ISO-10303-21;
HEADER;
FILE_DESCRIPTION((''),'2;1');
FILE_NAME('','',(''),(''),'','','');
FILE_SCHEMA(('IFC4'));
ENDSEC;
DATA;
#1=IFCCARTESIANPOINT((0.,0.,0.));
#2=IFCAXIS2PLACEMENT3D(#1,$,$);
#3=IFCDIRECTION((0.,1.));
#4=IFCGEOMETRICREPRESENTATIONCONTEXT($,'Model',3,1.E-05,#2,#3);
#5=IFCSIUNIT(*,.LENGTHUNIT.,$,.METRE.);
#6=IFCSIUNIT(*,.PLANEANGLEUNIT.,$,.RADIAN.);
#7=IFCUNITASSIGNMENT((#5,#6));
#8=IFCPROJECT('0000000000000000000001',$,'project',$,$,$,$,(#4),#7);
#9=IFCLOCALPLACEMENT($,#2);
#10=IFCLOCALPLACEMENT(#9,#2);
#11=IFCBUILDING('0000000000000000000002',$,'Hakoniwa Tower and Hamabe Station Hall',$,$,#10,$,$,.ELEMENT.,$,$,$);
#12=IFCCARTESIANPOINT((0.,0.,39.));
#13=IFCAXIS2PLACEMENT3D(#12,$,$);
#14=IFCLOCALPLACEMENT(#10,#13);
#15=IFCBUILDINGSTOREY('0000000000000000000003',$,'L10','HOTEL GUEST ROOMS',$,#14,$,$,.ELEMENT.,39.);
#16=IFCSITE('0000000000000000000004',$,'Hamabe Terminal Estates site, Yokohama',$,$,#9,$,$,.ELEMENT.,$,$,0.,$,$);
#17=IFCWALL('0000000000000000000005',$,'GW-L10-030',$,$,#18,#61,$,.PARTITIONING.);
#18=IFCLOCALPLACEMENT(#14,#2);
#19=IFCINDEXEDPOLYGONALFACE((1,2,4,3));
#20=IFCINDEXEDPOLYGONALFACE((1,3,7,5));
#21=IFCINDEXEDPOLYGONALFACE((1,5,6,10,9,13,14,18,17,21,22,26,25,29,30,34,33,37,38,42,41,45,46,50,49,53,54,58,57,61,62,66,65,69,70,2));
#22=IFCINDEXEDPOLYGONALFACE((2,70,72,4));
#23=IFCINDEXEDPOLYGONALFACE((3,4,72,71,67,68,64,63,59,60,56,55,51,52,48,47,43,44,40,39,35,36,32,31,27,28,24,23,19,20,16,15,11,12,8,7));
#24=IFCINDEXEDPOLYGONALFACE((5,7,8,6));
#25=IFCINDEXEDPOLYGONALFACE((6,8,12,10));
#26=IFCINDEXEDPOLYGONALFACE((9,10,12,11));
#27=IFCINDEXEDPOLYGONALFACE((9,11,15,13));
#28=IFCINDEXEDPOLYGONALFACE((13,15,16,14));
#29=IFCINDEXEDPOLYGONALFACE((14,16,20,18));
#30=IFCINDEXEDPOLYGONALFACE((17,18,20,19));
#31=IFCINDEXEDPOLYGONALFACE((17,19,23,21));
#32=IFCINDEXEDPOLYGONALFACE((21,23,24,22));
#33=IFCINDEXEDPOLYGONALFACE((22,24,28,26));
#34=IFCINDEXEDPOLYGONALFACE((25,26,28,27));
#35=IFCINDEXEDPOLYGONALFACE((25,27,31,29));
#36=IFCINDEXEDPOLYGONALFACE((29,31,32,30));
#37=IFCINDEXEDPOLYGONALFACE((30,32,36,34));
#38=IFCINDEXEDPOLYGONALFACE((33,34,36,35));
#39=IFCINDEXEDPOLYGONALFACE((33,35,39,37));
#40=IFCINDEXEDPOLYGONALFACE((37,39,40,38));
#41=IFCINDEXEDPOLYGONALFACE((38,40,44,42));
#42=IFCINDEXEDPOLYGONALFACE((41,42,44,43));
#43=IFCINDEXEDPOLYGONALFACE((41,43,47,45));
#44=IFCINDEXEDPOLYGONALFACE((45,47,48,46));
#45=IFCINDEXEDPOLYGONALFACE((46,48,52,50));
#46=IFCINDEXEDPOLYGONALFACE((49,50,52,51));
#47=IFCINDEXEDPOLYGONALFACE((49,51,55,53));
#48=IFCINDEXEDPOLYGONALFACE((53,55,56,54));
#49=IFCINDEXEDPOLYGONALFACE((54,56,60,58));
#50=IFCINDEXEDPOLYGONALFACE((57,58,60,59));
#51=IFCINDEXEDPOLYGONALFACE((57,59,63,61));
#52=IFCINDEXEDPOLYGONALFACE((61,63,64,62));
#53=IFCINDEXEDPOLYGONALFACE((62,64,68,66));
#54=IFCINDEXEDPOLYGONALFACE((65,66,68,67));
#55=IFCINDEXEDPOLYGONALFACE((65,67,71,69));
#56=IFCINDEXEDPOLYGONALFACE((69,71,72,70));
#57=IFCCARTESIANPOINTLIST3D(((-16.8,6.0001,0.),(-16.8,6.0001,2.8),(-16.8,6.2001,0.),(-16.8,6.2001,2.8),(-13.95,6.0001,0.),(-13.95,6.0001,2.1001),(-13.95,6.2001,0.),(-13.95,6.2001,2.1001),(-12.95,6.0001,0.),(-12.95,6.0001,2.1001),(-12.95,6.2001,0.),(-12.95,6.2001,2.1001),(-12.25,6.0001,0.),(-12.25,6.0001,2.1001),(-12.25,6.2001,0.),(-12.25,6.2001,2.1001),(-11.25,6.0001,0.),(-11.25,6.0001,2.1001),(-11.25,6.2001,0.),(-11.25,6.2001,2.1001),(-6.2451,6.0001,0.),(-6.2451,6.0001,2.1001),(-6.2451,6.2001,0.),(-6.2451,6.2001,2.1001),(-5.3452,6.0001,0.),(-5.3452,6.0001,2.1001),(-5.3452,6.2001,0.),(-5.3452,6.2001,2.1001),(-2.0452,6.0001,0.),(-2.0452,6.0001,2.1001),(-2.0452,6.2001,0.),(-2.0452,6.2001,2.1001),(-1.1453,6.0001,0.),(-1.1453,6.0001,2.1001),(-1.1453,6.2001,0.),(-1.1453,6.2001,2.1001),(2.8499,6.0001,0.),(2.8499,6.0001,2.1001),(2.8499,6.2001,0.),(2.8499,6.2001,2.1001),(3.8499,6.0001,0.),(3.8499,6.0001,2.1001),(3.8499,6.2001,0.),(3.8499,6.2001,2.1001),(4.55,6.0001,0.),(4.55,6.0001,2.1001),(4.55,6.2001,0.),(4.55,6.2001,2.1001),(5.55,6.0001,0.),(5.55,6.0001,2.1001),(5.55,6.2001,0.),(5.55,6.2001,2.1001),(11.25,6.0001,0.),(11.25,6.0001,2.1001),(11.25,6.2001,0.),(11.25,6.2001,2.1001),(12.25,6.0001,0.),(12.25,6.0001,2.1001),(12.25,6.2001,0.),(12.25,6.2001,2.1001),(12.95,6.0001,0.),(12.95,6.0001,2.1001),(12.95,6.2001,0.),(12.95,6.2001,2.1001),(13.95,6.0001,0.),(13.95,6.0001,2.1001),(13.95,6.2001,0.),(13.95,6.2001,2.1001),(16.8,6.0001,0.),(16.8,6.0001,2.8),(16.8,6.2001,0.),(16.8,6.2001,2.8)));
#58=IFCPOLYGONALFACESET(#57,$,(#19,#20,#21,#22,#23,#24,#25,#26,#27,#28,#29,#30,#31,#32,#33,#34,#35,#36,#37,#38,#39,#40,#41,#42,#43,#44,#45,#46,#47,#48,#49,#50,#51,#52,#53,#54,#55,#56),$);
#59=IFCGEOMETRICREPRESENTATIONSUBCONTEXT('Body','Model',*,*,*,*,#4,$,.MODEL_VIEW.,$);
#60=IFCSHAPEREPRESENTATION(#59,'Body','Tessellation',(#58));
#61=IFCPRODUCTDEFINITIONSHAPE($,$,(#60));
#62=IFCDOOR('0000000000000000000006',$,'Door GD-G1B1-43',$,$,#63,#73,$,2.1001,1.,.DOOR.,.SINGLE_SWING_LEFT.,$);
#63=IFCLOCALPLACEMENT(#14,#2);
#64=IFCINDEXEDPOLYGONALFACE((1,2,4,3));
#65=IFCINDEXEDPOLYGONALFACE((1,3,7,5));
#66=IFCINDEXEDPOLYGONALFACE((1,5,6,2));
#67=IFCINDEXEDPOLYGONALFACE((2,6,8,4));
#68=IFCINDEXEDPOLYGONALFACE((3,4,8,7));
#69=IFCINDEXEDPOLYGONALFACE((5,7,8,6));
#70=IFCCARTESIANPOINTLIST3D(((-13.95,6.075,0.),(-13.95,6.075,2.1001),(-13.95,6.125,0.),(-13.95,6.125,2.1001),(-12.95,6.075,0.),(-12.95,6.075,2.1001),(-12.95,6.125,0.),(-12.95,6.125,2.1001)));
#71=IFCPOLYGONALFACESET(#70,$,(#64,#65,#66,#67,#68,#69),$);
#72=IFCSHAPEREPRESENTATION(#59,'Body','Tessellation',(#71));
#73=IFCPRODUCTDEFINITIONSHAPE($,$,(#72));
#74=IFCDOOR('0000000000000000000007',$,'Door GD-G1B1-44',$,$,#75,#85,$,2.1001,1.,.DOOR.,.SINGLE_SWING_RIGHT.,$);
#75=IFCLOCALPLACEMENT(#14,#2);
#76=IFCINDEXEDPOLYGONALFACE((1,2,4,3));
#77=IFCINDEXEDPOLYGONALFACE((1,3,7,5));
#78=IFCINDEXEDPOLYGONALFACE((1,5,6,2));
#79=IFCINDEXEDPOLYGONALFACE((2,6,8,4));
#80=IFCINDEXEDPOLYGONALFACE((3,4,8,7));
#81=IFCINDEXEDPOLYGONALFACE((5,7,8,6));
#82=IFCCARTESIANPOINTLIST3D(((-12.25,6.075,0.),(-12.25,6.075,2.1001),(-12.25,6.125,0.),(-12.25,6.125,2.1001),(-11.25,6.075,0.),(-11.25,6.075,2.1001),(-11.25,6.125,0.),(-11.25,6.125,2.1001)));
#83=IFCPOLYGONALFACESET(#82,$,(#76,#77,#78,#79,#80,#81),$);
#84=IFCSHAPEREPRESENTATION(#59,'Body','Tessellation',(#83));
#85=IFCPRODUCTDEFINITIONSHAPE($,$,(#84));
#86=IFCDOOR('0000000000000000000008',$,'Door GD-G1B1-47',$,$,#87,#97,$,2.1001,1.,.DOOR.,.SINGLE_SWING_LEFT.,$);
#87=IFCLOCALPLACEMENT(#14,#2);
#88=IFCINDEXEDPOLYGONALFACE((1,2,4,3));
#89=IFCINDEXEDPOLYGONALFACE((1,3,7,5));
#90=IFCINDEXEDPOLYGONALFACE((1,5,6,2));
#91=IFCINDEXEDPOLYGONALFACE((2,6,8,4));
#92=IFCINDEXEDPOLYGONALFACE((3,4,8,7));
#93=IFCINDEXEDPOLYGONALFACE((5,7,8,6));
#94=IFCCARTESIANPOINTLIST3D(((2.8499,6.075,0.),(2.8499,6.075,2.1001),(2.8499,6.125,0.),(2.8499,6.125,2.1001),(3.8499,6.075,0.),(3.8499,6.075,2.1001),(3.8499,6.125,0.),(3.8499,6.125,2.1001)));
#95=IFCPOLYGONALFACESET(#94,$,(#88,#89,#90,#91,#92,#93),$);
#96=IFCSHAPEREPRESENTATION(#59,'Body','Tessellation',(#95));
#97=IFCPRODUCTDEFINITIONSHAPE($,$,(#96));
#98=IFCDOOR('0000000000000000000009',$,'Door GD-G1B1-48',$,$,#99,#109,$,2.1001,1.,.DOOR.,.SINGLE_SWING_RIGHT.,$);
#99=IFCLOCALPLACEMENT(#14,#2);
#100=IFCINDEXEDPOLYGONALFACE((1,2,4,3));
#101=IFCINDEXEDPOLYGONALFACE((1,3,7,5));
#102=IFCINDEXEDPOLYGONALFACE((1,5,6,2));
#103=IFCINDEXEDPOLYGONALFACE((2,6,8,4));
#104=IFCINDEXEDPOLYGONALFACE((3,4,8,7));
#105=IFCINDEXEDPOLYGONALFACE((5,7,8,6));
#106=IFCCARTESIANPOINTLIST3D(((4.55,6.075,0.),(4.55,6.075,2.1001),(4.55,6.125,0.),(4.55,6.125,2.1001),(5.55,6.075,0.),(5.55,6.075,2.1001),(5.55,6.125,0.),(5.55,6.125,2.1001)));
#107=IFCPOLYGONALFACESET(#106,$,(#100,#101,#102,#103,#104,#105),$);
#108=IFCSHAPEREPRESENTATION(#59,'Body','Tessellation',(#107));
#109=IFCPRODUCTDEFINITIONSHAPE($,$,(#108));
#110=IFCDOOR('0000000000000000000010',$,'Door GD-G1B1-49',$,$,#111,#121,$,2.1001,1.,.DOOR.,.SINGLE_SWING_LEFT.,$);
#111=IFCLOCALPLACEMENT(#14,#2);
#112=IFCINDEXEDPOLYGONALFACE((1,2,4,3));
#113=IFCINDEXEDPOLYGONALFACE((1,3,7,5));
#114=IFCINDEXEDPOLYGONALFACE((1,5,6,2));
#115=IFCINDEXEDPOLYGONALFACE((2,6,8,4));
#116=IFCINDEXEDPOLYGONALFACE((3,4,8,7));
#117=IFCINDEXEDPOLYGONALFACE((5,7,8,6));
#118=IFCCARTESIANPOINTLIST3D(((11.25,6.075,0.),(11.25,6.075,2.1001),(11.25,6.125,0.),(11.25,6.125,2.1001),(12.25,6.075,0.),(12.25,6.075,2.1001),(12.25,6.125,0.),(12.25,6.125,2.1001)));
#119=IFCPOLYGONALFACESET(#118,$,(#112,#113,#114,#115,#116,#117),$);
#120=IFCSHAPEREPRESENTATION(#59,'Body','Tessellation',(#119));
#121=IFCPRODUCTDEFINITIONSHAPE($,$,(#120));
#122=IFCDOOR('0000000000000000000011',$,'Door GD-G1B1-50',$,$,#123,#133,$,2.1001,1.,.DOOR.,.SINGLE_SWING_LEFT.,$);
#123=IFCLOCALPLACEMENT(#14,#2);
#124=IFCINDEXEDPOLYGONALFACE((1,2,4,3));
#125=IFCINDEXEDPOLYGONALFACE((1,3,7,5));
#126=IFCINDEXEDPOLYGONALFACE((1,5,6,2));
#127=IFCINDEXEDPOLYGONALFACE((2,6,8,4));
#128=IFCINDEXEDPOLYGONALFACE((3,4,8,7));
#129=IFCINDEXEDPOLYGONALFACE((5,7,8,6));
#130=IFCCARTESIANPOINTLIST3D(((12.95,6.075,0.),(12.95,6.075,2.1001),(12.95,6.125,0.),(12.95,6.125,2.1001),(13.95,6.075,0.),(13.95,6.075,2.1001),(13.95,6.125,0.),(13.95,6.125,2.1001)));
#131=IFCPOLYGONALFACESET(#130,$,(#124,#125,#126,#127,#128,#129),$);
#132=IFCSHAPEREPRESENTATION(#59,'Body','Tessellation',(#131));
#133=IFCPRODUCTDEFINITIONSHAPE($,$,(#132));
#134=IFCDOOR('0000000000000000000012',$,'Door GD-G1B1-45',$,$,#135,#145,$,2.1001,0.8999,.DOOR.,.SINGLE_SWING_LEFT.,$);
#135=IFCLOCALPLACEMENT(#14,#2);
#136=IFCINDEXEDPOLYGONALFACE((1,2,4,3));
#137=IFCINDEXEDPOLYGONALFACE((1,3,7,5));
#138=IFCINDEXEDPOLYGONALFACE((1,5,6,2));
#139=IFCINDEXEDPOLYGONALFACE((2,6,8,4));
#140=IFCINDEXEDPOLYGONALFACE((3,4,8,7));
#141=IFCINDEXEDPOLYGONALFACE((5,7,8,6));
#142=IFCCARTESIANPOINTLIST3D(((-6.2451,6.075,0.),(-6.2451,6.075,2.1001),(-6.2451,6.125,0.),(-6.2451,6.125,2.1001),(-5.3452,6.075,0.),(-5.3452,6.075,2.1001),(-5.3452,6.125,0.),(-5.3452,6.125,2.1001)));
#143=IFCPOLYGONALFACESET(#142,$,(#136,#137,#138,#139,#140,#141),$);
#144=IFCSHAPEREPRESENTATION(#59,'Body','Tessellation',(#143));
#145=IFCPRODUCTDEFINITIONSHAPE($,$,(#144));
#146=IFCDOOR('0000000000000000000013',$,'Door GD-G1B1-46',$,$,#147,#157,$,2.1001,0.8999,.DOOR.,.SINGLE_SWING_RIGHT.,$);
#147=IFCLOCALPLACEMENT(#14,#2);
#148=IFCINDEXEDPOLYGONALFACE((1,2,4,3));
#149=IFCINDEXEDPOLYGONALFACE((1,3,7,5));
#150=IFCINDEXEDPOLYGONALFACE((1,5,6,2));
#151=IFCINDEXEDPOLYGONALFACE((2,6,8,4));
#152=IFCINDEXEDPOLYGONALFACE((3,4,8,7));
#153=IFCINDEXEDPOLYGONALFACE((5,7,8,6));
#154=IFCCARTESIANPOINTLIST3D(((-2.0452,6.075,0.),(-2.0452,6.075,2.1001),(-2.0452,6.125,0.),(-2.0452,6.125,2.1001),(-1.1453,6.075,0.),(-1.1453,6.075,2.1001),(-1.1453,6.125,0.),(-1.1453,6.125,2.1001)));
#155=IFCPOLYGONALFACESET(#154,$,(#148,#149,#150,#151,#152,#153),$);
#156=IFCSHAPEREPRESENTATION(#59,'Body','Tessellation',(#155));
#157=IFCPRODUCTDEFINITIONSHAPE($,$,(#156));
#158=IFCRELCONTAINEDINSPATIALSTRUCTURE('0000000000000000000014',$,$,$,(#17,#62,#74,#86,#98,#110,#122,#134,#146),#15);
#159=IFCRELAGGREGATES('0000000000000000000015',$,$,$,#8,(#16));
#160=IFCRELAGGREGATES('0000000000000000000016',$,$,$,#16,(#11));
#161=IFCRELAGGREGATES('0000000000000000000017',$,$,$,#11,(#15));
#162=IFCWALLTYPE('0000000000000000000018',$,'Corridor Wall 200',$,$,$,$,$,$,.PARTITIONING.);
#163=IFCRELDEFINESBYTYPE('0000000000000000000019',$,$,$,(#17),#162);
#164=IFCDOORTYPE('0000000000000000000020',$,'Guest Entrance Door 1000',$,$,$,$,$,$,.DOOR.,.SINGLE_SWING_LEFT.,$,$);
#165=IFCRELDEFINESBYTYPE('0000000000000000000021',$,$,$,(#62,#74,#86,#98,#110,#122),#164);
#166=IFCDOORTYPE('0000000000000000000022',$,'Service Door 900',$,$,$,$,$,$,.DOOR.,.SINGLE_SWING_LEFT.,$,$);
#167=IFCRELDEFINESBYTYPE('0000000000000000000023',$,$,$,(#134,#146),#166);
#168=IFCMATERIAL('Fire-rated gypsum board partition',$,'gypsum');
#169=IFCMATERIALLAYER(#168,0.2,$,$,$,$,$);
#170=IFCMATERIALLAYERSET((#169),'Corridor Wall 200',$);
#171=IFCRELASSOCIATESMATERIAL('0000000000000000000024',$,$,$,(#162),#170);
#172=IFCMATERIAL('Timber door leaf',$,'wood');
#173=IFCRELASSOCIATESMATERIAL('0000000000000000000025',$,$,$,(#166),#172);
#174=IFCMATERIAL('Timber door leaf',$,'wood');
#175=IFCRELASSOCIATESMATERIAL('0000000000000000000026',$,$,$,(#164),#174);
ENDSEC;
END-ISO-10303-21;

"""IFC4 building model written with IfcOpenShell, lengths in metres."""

from ifc_helpers import new_model, si_unit, direction, frame, frame_2d, origin, place, context, subcontext, project, spatial, rectangle, extrude, material, layer, layer_set, type_object, element, fill, save


model = new_model("IFC4")

# Units and contexts
model_context = context("Model", 3, precision=1e-05, world=origin(), true_north=direction((0.0, 1.0)))
body_context = subcontext(model_context, "Body", "Model", "MODEL_VIEW")
ifc_project = project(units=[si_unit("LENGTHUNIT", "METRE"), si_unit("PLANEANGLEUNIT", "RADIAN")], contexts=[model_context])

# Site, building, storey
site_placement = place(None, origin())
site = spatial("IfcSite", under=ifc_project, at=site_placement, Name="Hamabe Terminal Estates site, Yokohama", CompositionType="ELEMENT", RefElevation=0.0)
building_placement = place(site_placement, origin())
building = spatial("IfcBuilding", under=site, at=building_placement, Name="Hakoniwa Tower and Hamabe Station Hall", CompositionType="ELEMENT")
storey_placement = place(building_placement, frame((0.0, 0.0, 39.0)))
storey = spatial("IfcBuildingStorey", under=building, at=storey_placement, Name="L10", Description="HOTEL GUEST ROOMS", CompositionType="ELEMENT", Elevation=39.0)

# Wall, openings, doors
ifc_material_1 = material(Name="Fire-rated gypsum board partition", Category="gypsum")
ifc_layer_1 = layer(ifc_material_1, 0.2)
ifc_layer_set_1 = layer_set([ifc_layer_1], Name="Corridor Wall 200")
wall_type_1 = type_object("IfcWallType", Name="Corridor Wall 200", PredefinedType="PARTITIONING", material=ifc_layer_set_1)
ifc_material_2 = material(Name="Timber door leaf", Category="wood")
door_type_1 = type_object("IfcDoorType", Name="Service Door 900", OperationType="SINGLE_SWING_LEFT", PredefinedType="DOOR", material=ifc_material_2)
wall_1_placement = place(storey_placement, frame((-16.8, 6.1001, 0.0), z_axis=(0.0, 0.0, 1.0), x_axis=(1.0, 0.0, 0.0)))
wall_1 = element("IfcWall", 1, at=wall_1_placement, inside=storey, type_object=wall_type_1, Name="GW-L10-030", PredefinedType="PARTITIONING", context=body_context, shape_type="SweptSolid", body=[
    extrude(rectangle(XDim=33.6001, YDim=0.2, at=frame_2d((16.8, 0.0))), origin(), (0.0, 0.0, 1.0), 2.8),
])
opening_1_placement = place(wall_1_placement, frame((2.8501, 0.0, 0.0)))
opening_1 = element("IfcOpeningElement", 2, at=opening_1_placement, cuts=wall_1, PredefinedType="OPENING", context=body_context, shape_type="SweptSolid", body=[
    extrude(rectangle(XDim=1.0, YDim=2.1001, at=frame_2d((0.5, 1.05))), frame((0.0, 0.1099, 0.0), z_axis=(0.0, -1.0, 0.0), x_axis=(1.0, 0.0, 0.0)), (0.0, 0.0, 1.0), 0.22),
])
opening_2_placement = place(wall_1_placement, frame((4.55, 0.0, 0.0)))
opening_2 = element("IfcOpeningElement", 3, at=opening_2_placement, cuts=wall_1, PredefinedType="OPENING", context=body_context, shape_type="SweptSolid", body=[
    extrude(rectangle(XDim=1.0, YDim=2.1001, at=frame_2d((0.5, 1.05))), frame((0.0, 0.1099, 0.0), z_axis=(0.0, -1.0, 0.0), x_axis=(1.0, 0.0, 0.0)), (0.0, 0.0, 1.0), 0.22),
])
opening_3_placement = place(wall_1_placement, frame((10.5549, 0.0, 0.0)))
opening_3 = element("IfcOpeningElement", 4, at=opening_3_placement, cuts=wall_1, PredefinedType="OPENING", context=body_context, shape_type="SweptSolid", body=[
    extrude(rectangle(XDim=0.8999, YDim=2.1001, at=frame_2d((0.45, 1.05))), frame((0.0, 0.1099, 0.0), z_axis=(0.0, -1.0, 0.0), x_axis=(1.0, 0.0, 0.0)), (0.0, 0.0, 1.0), 0.22),
])
opening_4_placement = place(wall_1_placement, frame((14.7549, 0.0, 0.0)))
opening_4 = element("IfcOpeningElement", 5, at=opening_4_placement, cuts=wall_1, PredefinedType="OPENING", context=body_context, shape_type="SweptSolid", body=[
    extrude(rectangle(XDim=0.8999, YDim=2.1001, at=frame_2d((0.45, 1.05))), frame((0.0, 0.1099, 0.0), z_axis=(0.0, -1.0, 0.0), x_axis=(1.0, 0.0, 0.0)), (0.0, 0.0, 1.0), 0.22),
])
opening_5_placement = place(wall_1_placement, frame((19.6499, 0.0, 0.0)))
opening_5 = element("IfcOpeningElement", 6, at=opening_5_placement, cuts=wall_1, PredefinedType="OPENING", context=body_context, shape_type="SweptSolid", body=[
    extrude(rectangle(XDim=1.0, YDim=2.1001, at=frame_2d((0.5, 1.05))), frame((0.0, 0.1099, 0.0), z_axis=(0.0, -1.0, 0.0), x_axis=(1.0, 0.0, 0.0)), (0.0, 0.0, 1.0), 0.22),
])
opening_6_placement = place(wall_1_placement, frame((21.3501, 0.0, 0.0)))
opening_6 = element("IfcOpeningElement", 7, at=opening_6_placement, cuts=wall_1, PredefinedType="OPENING", context=body_context, shape_type="SweptSolid", body=[
    extrude(rectangle(XDim=1.0, YDim=2.1001, at=frame_2d((0.5, 1.05))), frame((0.0, 0.1099, 0.0), z_axis=(0.0, -1.0, 0.0), x_axis=(1.0, 0.0, 0.0)), (0.0, 0.0, 1.0), 0.22),
])
opening_7_placement = place(wall_1_placement, frame((28.05, 0.0, 0.0)))
opening_7 = element("IfcOpeningElement", 8, at=opening_7_placement, cuts=wall_1, PredefinedType="OPENING", context=body_context, shape_type="SweptSolid", body=[
    extrude(rectangle(XDim=1.0, YDim=2.1001, at=frame_2d((0.5, 1.05))), frame((0.0, 0.1099, 0.0), z_axis=(0.0, -1.0, 0.0), x_axis=(1.0, 0.0, 0.0)), (0.0, 0.0, 1.0), 0.22),
])
opening_8_placement = place(wall_1_placement, frame((29.75, 0.0, 0.0)))
opening_8 = element("IfcOpeningElement", 9, at=opening_8_placement, cuts=wall_1, PredefinedType="OPENING", context=body_context, shape_type="SweptSolid", body=[
    extrude(rectangle(XDim=1.0, YDim=2.1001, at=frame_2d((0.5, 1.05))), frame((0.0, 0.1099, 0.0), z_axis=(0.0, -1.0, 0.0), x_axis=(1.0, 0.0, 0.0)), (0.0, 0.0, 1.0), 0.22),
])
ifc_material_3 = material(Name="Timber door leaf", Category="wood")
door_type_2 = type_object("IfcDoorType", Name="Guest Entrance Door 1000", OperationType="SINGLE_SWING_LEFT", PredefinedType="DOOR", material=ifc_material_3)
door_1_placement = place(opening_1_placement, origin())
door_1 = element("IfcDoor", 10, at=door_1_placement, inside=storey, type_object=door_type_2, Name="Door GD-G1B1-43", OperationType="SINGLE_SWING_LEFT", OverallHeight=2.1001, OverallWidth=1.0, PredefinedType="DOOR", context=body_context, shape_type="SweptSolid", body=[
    extrude(rectangle(XDim=1.0, YDim=2.1001, at=frame_2d((0.5, 1.05))), frame((0.0, 0.0249, 0.0), z_axis=(0.0, -1.0, 0.0), x_axis=(1.0, 0.0, 0.0)), (0.0, 0.0, 1.0), 0.05),
])
fill(opening_1, door_1)
door_2_placement = place(opening_2_placement, origin())
door_2 = element("IfcDoor", 11, at=door_2_placement, inside=storey, type_object=door_type_2, Name="Door GD-G1B1-44", OperationType="SINGLE_SWING_RIGHT", OverallHeight=2.1001, OverallWidth=1.0, PredefinedType="DOOR", context=body_context, shape_type="SweptSolid", body=[
    extrude(rectangle(XDim=1.0, YDim=2.1001, at=frame_2d((0.5, 1.05))), frame((0.0, 0.0249, 0.0), z_axis=(0.0, -1.0, 0.0), x_axis=(1.0, 0.0, 0.0)), (0.0, 0.0, 1.0), 0.05),
])
fill(opening_2, door_2)
door_3_placement = place(opening_5_placement, origin())
door_3 = element("IfcDoor", 12, at=door_3_placement, inside=storey, type_object=door_type_2, Name="Door GD-G1B1-47", OperationType="SINGLE_SWING_LEFT", OverallHeight=2.1001, OverallWidth=1.0, PredefinedType="DOOR", context=body_context, shape_type="SweptSolid", body=[
    extrude(rectangle(XDim=1.0, YDim=2.1001, at=frame_2d((0.5, 1.05))), frame((0.0, 0.0249, 0.0), z_axis=(0.0, -1.0, 0.0), x_axis=(1.0, 0.0, 0.0)), (0.0, 0.0, 1.0), 0.05),
])
fill(opening_5, door_3)
door_4_placement = place(opening_6_placement, origin())
door_4 = element("IfcDoor", 13, at=door_4_placement, inside=storey, type_object=door_type_2, Name="Door GD-G1B1-48", OperationType="SINGLE_SWING_RIGHT", OverallHeight=2.1001, OverallWidth=1.0, PredefinedType="DOOR", context=body_context, shape_type="SweptSolid", body=[
    extrude(rectangle(XDim=1.0, YDim=2.1001, at=frame_2d((0.5, 1.05))), frame((0.0, 0.0249, 0.0), z_axis=(0.0, -1.0, 0.0), x_axis=(1.0, 0.0, 0.0)), (0.0, 0.0, 1.0), 0.05),
])
fill(opening_6, door_4)
door_5_placement = place(opening_7_placement, origin())
door_5 = element("IfcDoor", 14, at=door_5_placement, inside=storey, type_object=door_type_2, Name="Door GD-G1B1-49", OperationType="SINGLE_SWING_LEFT", OverallHeight=2.1001, OverallWidth=1.0, PredefinedType="DOOR", context=body_context, shape_type="SweptSolid", body=[
    extrude(rectangle(XDim=1.0, YDim=2.1001, at=frame_2d((0.5, 1.05))), frame((0.0, 0.0249, 0.0), z_axis=(0.0, -1.0, 0.0), x_axis=(1.0, 0.0, 0.0)), (0.0, 0.0, 1.0), 0.05),
])
fill(opening_7, door_5)
door_6_placement = place(opening_8_placement, origin())
door_6 = element("IfcDoor", 15, at=door_6_placement, inside=storey, type_object=door_type_2, Name="Door GD-G1B1-50", OperationType="SINGLE_SWING_LEFT", OverallHeight=2.1001, OverallWidth=1.0, PredefinedType="DOOR", context=body_context, shape_type="SweptSolid", body=[
    extrude(rectangle(XDim=1.0, YDim=2.1001, at=frame_2d((0.5, 1.05))), frame((0.0, 0.0249, 0.0), z_axis=(0.0, -1.0, 0.0), x_axis=(1.0, 0.0, 0.0)), (0.0, 0.0, 1.0), 0.05),
])
fill(opening_8, door_6)
door_7_placement = place(opening_3_placement, origin())
door_7 = element("IfcDoor", 16, at=door_7_placement, inside=storey, type_object=door_type_1, Name="Door GD-G1B1-45", OperationType="SINGLE_SWING_LEFT", OverallHeight=2.1001, OverallWidth=0.8999, PredefinedType="DOOR", context=body_context, shape_type="SweptSolid", body=[
    extrude(rectangle(XDim=0.8999, YDim=2.1001, at=frame_2d((0.45, 1.05))), frame((0.0, 0.0249, 0.0), z_axis=(0.0, -1.0, 0.0), x_axis=(1.0, 0.0, 0.0)), (0.0, 0.0, 1.0), 0.05),
])
fill(opening_3, door_7)
door_8_placement = place(opening_4_placement, origin())
door_8 = element("IfcDoor", 17, at=door_8_placement, inside=storey, type_object=door_type_1, Name="Door GD-G1B1-46", OperationType="SINGLE_SWING_RIGHT", OverallHeight=2.1001, OverallWidth=0.8999, PredefinedType="DOOR", context=body_context, shape_type="SweptSolid", body=[
    extrude(rectangle(XDim=0.8999, YDim=2.1001, at=frame_2d((0.45, 1.05))), frame((0.0, 0.0249, 0.0), z_axis=(0.0, -1.0, 0.0), x_axis=(1.0, 0.0, 0.0)), (0.0, 0.0, 1.0), 0.05),
])
fill(opening_4, door_8)

save(model, "model.ifc")
